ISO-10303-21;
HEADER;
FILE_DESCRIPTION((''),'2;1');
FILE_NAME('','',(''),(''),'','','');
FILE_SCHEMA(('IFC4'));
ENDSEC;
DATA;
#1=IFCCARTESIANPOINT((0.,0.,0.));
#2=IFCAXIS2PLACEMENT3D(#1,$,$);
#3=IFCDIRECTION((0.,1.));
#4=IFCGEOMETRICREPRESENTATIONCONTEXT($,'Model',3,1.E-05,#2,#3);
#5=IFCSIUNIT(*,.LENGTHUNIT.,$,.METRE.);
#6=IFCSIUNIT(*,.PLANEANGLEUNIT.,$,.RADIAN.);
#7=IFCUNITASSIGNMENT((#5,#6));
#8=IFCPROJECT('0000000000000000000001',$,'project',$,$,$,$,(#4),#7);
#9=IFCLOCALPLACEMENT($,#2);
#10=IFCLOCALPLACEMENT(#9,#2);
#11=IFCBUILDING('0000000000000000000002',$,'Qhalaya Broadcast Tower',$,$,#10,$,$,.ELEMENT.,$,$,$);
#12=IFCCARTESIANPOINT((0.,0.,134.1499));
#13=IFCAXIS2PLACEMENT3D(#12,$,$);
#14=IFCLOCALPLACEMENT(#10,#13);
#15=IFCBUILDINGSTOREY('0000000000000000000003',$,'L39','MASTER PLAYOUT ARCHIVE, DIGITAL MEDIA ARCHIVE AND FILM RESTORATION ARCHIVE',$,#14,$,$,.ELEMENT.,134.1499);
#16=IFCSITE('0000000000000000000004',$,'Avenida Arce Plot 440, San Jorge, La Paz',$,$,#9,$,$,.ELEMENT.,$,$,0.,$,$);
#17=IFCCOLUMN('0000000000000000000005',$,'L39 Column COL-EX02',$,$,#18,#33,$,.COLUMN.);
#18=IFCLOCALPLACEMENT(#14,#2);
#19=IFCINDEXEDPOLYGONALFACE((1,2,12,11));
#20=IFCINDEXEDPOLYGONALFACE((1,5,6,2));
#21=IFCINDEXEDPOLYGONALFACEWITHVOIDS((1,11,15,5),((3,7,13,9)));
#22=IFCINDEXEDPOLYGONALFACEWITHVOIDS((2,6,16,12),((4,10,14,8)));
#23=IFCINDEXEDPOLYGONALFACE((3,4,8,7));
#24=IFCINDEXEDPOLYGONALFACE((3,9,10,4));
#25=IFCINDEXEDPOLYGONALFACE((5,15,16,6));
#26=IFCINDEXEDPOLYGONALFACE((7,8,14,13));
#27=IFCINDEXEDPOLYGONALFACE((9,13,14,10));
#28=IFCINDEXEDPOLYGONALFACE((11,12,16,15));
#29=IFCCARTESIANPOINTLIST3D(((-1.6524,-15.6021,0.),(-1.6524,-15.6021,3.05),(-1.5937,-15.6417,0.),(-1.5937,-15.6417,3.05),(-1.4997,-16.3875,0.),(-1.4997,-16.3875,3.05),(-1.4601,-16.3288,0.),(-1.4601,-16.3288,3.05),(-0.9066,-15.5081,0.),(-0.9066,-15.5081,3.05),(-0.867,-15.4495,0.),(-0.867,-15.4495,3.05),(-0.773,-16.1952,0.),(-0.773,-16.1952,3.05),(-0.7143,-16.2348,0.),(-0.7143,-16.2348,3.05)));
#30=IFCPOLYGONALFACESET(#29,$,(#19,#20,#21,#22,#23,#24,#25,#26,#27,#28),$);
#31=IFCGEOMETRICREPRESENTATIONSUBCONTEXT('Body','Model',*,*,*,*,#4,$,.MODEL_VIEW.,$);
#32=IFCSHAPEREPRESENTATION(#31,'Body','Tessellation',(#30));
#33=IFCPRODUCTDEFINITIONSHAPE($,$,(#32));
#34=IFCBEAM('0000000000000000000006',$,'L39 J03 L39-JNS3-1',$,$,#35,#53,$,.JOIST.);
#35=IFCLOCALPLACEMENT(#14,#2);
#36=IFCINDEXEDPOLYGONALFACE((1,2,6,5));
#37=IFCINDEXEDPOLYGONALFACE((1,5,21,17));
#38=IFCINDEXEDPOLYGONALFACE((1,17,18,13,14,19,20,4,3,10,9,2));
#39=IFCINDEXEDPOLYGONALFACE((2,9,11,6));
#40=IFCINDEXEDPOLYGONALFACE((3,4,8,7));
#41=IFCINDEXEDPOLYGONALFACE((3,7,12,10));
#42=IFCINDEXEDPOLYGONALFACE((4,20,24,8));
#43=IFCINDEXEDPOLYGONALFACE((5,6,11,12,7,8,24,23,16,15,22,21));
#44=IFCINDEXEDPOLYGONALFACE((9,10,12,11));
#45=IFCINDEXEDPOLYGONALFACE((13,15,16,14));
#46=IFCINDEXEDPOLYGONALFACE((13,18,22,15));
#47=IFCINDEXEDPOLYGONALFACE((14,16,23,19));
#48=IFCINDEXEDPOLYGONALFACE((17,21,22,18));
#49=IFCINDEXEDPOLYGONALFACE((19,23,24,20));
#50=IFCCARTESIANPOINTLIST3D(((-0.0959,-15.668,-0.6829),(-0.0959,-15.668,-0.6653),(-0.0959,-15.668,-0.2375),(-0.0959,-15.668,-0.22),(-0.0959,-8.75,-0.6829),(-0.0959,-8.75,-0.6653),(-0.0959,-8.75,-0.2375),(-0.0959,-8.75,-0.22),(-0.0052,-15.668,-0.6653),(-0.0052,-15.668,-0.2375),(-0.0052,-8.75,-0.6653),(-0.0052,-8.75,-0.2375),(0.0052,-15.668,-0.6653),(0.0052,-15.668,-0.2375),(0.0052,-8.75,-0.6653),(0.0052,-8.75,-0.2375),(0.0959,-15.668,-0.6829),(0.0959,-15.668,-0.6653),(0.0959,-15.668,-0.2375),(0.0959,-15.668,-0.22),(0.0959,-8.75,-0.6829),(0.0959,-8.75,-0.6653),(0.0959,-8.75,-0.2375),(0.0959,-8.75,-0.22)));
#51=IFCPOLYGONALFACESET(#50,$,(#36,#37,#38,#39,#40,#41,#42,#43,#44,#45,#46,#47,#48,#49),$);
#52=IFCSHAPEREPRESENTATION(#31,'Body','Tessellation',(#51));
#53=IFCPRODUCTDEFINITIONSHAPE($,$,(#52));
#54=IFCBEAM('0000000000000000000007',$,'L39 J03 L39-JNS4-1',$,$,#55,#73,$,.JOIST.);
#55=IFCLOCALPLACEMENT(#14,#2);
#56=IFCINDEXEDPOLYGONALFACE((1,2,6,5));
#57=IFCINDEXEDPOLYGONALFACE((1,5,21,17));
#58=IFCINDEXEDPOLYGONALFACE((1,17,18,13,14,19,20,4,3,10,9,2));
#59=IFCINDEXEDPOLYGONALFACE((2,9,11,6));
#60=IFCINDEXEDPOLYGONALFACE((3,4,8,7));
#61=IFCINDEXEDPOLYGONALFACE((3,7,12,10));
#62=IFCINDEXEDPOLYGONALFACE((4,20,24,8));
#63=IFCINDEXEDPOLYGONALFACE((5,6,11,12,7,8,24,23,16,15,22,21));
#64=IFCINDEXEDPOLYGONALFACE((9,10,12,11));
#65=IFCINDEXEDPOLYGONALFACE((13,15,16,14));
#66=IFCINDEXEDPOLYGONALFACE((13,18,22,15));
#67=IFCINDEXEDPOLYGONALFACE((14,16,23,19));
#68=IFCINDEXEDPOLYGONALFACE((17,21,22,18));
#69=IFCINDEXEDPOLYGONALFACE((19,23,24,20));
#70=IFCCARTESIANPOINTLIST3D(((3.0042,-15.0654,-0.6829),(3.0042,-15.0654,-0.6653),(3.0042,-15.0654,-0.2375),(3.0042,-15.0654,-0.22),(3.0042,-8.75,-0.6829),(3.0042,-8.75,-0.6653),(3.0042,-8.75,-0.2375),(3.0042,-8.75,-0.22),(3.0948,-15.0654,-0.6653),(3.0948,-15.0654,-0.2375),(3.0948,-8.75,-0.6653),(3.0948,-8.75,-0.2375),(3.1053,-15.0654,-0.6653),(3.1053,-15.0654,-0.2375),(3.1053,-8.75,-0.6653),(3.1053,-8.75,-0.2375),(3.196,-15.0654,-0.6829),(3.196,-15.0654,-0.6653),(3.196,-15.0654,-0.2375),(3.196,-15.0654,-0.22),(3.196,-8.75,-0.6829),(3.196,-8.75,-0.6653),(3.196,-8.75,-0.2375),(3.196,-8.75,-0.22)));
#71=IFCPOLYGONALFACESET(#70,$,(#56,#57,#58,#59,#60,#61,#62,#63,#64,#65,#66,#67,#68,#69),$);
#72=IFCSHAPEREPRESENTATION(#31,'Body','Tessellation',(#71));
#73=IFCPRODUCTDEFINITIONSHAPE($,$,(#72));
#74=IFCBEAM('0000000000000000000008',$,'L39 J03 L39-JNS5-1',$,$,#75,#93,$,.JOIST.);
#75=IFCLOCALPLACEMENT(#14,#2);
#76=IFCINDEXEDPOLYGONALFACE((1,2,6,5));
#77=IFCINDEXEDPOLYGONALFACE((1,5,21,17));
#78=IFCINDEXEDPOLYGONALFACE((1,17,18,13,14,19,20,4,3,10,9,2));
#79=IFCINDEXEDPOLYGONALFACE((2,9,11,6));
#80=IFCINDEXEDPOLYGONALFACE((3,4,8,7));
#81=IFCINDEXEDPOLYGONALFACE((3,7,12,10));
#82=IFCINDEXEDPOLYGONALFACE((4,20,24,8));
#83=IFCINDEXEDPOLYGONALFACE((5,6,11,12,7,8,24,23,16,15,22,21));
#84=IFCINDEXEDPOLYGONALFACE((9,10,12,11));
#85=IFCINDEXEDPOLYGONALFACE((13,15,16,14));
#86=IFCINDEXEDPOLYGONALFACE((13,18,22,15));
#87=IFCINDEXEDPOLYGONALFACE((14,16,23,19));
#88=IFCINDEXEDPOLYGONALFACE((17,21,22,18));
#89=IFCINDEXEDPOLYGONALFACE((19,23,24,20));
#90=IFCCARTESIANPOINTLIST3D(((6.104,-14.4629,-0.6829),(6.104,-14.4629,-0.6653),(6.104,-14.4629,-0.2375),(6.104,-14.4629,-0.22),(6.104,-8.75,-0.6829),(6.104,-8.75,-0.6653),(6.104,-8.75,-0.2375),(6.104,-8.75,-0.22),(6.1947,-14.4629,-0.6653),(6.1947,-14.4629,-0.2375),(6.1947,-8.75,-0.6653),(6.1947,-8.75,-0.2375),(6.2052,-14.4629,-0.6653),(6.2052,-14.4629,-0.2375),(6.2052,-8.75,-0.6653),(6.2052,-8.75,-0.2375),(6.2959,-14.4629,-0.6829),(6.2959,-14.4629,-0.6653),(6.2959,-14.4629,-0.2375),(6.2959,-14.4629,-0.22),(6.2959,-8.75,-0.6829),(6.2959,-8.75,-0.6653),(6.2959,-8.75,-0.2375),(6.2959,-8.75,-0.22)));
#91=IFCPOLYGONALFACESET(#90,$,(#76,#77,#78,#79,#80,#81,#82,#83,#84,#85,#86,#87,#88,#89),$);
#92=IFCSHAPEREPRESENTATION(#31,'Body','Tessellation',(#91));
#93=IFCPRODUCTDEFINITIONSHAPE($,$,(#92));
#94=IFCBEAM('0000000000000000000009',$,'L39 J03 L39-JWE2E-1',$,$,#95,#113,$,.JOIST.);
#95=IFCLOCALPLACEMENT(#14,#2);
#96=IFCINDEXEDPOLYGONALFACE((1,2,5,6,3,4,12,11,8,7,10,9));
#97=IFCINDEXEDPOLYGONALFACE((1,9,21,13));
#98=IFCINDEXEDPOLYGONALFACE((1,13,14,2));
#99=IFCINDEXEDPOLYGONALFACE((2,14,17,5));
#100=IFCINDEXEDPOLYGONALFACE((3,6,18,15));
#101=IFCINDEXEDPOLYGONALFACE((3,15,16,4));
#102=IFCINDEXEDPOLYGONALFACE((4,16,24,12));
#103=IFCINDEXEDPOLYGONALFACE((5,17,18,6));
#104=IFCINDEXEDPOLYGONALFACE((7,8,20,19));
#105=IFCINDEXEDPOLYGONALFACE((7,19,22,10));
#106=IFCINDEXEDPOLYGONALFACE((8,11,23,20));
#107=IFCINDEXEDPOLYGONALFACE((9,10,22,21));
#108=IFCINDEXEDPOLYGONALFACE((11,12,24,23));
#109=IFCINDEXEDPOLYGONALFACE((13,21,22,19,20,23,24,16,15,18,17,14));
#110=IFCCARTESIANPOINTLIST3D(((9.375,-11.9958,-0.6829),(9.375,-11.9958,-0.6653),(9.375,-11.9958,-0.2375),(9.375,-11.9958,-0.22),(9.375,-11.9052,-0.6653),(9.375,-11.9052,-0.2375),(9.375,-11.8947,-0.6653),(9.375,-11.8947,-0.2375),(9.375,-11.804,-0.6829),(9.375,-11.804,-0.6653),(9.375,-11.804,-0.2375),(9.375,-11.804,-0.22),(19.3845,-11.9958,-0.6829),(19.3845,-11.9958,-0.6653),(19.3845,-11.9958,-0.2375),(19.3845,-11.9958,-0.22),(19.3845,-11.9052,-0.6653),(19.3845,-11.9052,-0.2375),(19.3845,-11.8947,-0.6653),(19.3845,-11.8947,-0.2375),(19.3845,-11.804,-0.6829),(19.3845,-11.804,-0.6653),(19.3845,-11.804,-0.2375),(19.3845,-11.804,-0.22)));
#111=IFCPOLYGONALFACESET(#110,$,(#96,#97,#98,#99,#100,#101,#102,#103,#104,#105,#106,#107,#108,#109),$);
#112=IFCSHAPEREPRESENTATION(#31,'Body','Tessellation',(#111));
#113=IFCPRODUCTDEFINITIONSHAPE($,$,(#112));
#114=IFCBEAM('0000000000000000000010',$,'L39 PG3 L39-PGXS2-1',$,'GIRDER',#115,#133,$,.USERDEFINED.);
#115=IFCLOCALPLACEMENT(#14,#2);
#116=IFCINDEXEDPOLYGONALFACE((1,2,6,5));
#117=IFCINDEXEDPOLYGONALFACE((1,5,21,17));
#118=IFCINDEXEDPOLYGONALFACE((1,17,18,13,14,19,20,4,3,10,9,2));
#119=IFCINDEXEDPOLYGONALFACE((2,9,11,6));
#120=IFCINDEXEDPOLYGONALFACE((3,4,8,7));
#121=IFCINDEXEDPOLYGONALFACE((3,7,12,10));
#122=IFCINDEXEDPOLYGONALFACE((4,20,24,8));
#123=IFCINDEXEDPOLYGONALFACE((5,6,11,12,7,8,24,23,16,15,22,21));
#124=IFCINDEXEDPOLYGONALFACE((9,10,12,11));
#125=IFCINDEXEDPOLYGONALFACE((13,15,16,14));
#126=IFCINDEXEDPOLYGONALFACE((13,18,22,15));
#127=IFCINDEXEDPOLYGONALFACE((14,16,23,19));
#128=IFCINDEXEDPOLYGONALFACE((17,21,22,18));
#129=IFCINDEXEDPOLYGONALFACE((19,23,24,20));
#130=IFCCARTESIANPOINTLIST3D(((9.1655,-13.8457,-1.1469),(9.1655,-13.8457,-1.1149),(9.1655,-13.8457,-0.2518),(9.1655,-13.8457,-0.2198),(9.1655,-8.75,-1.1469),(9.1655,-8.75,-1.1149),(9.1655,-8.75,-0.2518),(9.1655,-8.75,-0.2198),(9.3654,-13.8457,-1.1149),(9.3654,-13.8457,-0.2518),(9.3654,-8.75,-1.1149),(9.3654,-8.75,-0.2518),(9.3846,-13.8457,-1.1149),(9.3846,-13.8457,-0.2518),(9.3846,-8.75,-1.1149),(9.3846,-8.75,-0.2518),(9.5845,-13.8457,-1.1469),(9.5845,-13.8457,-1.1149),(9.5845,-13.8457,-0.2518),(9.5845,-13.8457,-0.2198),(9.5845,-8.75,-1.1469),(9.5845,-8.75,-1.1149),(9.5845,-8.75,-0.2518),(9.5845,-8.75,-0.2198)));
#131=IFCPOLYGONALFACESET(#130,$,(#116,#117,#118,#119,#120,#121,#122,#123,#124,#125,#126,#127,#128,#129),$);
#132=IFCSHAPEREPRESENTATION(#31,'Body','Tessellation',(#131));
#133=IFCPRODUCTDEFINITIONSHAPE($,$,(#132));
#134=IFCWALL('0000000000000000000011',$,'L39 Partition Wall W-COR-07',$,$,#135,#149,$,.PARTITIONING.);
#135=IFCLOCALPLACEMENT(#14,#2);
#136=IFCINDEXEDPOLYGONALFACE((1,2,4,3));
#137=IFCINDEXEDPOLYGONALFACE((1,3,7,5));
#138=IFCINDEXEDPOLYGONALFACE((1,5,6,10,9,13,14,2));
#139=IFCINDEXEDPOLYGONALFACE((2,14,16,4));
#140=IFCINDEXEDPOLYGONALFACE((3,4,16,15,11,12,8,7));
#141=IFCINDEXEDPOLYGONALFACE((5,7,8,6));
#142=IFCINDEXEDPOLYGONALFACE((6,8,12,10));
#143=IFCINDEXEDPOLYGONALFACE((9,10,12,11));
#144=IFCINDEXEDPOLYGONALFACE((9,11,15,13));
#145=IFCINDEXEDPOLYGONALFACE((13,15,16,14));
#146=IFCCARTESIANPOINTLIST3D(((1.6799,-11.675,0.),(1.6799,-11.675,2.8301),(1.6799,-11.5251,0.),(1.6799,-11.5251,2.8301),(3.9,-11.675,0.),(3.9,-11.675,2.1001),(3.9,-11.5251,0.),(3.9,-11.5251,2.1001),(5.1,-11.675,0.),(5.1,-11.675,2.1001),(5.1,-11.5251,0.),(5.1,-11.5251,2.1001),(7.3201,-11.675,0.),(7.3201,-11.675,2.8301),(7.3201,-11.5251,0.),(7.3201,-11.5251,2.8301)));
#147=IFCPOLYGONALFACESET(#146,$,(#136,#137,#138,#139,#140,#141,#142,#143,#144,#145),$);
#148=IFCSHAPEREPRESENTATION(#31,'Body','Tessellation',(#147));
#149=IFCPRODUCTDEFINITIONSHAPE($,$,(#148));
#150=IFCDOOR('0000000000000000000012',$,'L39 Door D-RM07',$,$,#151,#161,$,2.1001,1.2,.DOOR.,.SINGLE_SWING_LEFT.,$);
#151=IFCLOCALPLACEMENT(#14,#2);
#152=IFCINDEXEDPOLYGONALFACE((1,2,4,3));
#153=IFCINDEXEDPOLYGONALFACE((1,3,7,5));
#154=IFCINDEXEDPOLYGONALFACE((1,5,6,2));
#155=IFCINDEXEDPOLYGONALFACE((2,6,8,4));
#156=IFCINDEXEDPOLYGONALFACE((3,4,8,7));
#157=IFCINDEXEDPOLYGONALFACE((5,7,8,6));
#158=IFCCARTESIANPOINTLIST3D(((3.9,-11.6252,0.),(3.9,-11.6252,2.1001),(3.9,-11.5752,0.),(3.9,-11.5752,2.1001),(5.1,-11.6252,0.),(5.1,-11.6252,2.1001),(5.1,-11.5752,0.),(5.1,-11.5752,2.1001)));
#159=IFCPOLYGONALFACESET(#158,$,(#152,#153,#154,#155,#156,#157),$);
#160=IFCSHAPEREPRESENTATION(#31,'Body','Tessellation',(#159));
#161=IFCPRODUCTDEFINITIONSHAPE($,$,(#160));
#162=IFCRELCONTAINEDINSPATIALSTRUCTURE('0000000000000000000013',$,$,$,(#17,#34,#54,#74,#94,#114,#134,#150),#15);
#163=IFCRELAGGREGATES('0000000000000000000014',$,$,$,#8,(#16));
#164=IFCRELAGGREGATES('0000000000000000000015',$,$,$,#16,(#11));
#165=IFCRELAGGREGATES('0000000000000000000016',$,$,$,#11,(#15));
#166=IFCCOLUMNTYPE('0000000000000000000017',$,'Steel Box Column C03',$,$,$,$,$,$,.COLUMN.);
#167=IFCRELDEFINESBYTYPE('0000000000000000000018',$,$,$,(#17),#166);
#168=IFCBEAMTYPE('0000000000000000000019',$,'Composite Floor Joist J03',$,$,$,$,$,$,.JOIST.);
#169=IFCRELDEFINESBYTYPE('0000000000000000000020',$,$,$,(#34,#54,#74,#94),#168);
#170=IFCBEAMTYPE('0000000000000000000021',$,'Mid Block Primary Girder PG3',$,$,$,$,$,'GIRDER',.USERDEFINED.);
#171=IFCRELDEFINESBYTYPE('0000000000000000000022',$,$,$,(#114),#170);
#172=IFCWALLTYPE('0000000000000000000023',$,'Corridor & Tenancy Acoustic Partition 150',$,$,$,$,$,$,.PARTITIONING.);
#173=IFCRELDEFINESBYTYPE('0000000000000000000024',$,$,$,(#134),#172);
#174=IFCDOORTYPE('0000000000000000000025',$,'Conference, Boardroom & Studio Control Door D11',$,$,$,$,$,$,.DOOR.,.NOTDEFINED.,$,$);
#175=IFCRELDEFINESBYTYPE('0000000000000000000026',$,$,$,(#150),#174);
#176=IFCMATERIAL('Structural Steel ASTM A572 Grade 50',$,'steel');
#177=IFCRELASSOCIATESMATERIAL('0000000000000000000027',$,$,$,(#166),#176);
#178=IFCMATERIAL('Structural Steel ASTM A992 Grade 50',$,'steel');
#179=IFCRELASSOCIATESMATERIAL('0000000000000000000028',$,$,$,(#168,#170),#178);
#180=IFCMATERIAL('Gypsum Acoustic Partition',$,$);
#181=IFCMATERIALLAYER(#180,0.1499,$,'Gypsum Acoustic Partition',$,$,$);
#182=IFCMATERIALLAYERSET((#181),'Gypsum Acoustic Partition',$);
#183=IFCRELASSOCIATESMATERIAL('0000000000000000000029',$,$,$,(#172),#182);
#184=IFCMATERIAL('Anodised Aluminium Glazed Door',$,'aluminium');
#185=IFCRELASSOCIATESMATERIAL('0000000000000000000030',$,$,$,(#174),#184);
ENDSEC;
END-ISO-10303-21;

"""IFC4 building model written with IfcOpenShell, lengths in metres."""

from ifc_helpers import new_model, si_unit, direction, frame, frame_2d, origin, origin_2d, place, context, subcontext, project, spatial, rectangle, hollow_rectangle, i_section, extrude, material, layer, layer_set, material_profile, profile_set, type_object, element, fill, save


model = new_model("IFC4")

# Units and contexts
model_context = context("Model", 3, precision=1e-05, world=origin(), true_north=direction((0.0, 1.0)))
body_context = subcontext(model_context, "Body", "Model", "MODEL_VIEW")
ifc_project = project(units=[si_unit("LENGTHUNIT", "METRE"), si_unit("PLANEANGLEUNIT", "RADIAN")], contexts=[model_context])

# Site, building, storey
site_placement = place(None, origin())
site = spatial("IfcSite", under=ifc_project, at=site_placement, Name="Avenida Arce Plot 440, San Jorge, La Paz", CompositionType="ELEMENT", RefElevation=0.0)
building_placement = place(site_placement, origin())
building = spatial("IfcBuilding", under=site, at=building_placement, Name="Qhalaya Broadcast Tower", CompositionType="ELEMENT")
storey_placement = place(building_placement, frame((0.0, 0.0, 134.1499)))
storey = spatial("IfcBuildingStorey", under=building, at=storey_placement, Name="L39", Description="MASTER PLAYOUT ARCHIVE, DIGITAL MEDIA ARCHIVE AND FILM RESTORATION ARCHIVE", CompositionType="ELEMENT", Elevation=134.1499)

# Column
ifc_material_1 = material(Name="Structural Steel ASTM A572 Grade 50", Category="steel")
ifc_material_profile_1 = material_profile(ifc_material_1, hollow_rectangle(XDim=0.8, YDim=0.8, WallThickness=0.05, at=origin_2d()), Name="BOX 800x800x50")
ifc_profile_set_1 = profile_set([ifc_material_profile_1], Name="Structural Steel ASTM A572 Grade 50")
column_type = type_object("IfcColumnType", Name="Steel Box Column C03", PredefinedType="COLUMN", material=ifc_profile_set_1)
column_placement = place(storey_placement, frame((-1.1833, -15.9185, 0.0), z_axis=(0.0, 0.0, 1.0), x_axis=(0.981627, 0.190809, 0.0)))
element("IfcColumn", 1, at=column_placement, inside=storey, type_object=column_type, Name="L39 Column COL-EX02", PredefinedType="COLUMN", context=body_context, shape_type="SweptSolid", body=[
    extrude(hollow_rectangle(XDim=0.8, YDim=0.8, WallThickness=0.05, at=origin_2d()), origin(), (0.0, 0.0, 1.0), 3.05),
])

# Beams
ifc_material_2 = material(Name="Structural Steel ASTM A992 Grade 50", Category="steel")
ifc_material_profile_2 = material_profile(ifc_material_2, i_section(OverallWidth=0.1919, OverallDepth=0.4629, WebThickness=0.0105, FlangeThickness=0.0176, at=origin_2d()), Name="W18X60")
ifc_profile_set_2 = profile_set([ifc_material_profile_2], Name="Structural Steel ASTM A992 Grade 50")
beam_type_1 = type_object("IfcBeamType", Name="Composite Floor Joist J03", PredefinedType="JOIST", material=ifc_profile_set_2)
beam_1_placement = place(storey_placement, frame((0.0, -15.668, -0.4514), z_axis=(0.0, 1.0, 0.0), x_axis=(-1.0, 0.0, 0.0)))
element("IfcBeam", 2, at=beam_1_placement, inside=storey, type_object=beam_type_1, Name="L39 J03 L39-JNS3-1", PredefinedType="JOIST", context=body_context, shape_type="SweptSolid", body=[
    extrude(i_section(OverallWidth=0.1919, OverallDepth=0.4629, WebThickness=0.0105, FlangeThickness=0.0176, at=origin_2d()), origin(), (0.0, 0.0, 1.0), 6.918),
])
beam_2_placement = place(storey_placement, frame((3.1001, -15.0654, -0.4514), z_axis=(0.0, 1.0, 0.0), x_axis=(-1.0, 0.0, 0.0)))
element("IfcBeam", 3, at=beam_2_placement, inside=storey, type_object=beam_type_1, Name="L39 J03 L39-JNS4-1", PredefinedType="JOIST", context=body_context, shape_type="SweptSolid", body=[
    extrude(i_section(OverallWidth=0.1919, OverallDepth=0.4629, WebThickness=0.0105, FlangeThickness=0.0176, at=origin_2d()), origin(), (0.0, 0.0, 1.0), 6.3154),
])
beam_3_placement = place(storey_placement, frame((6.2, -14.4629, -0.4514), z_axis=(0.0, 1.0, 0.0), x_axis=(-1.0, 0.0, 0.0)))
element("IfcBeam", 4, at=beam_3_placement, inside=storey, type_object=beam_type_1, Name="L39 J03 L39-JNS5-1", PredefinedType="JOIST", context=body_context, shape_type="SweptSolid", body=[
    extrude(i_section(OverallWidth=0.1919, OverallDepth=0.4629, WebThickness=0.0105, FlangeThickness=0.0176, at=origin_2d()), origin(), (0.0, 0.0, 1.0), 5.7129),
])
beam_4_placement = place(storey_placement, frame((9.375, -11.8999, -0.4514), z_axis=(1.0, 0.0, 0.0), x_axis=(0.0, 1.0, 0.0)))
element("IfcBeam", 5, at=beam_4_placement, inside=storey, type_object=beam_type_1, Name="L39 J03 L39-JWE2E-1", PredefinedType="JOIST", context=body_context, shape_type="SweptSolid", body=[
    extrude(i_section(OverallWidth=0.1919, OverallDepth=0.4629, WebThickness=0.0105, FlangeThickness=0.0176, at=origin_2d()), origin(), (0.0, 0.0, 1.0), 10.0095),
])
ifc_material_profile_3 = material_profile(ifc_material_2, i_section(OverallWidth=0.4189, OverallDepth=0.927, WebThickness=0.0193, FlangeThickness=0.032, at=origin_2d()), Name="W36X231")
ifc_profile_set_3 = profile_set([ifc_material_profile_3], Name="Structural Steel ASTM A992 Grade 50")
beam_type_2 = type_object("IfcBeamType", Name="Mid Block Primary Girder PG3", ElementType="GIRDER", PredefinedType="USERDEFINED", material=ifc_profile_set_3)
beam_5_placement = place(storey_placement, frame((9.375, -13.8457, -0.6833), z_axis=(0.0, 1.0, 0.0), x_axis=(-1.0, 0.0, 0.0)))
element("IfcBeam", 6, at=beam_5_placement, inside=storey, type_object=beam_type_2, Name="L39 PG3 L39-PGXS2-1", ObjectType="GIRDER", PredefinedType="USERDEFINED", context=body_context, shape_type="SweptSolid", body=[
    extrude(i_section(OverallWidth=0.4189, OverallDepth=0.927, WebThickness=0.0193, FlangeThickness=0.032, at=origin_2d()), origin(), (0.0, 0.0, 1.0), 5.0957),
])

# Wall, opening, door
ifc_material_3 = material(Name="Gypsum Acoustic Partition")
ifc_layer_1 = layer(ifc_material_3, 0.1499, Name="Gypsum Acoustic Partition")
ifc_layer_set_1 = layer_set([ifc_layer_1], Name="Gypsum Acoustic Partition")
wall_type_1 = type_object("IfcWallType", Name="Corridor & Tenancy Acoustic Partition 150", PredefinedType="PARTITIONING", material=ifc_layer_set_1)
wall_1_placement = place(storey_placement, frame((1.6799, -11.6001, 0.0), z_axis=(0.0, 0.0, 1.0), x_axis=(1.0, 0.0, 0.0)))
wall_1 = element("IfcWall", 7, at=wall_1_placement, inside=storey, type_object=wall_type_1, Name="L39 Partition Wall W-COR-07", PredefinedType="PARTITIONING", context=body_context, shape_type="SweptSolid", body=[
    extrude(rectangle(XDim=5.6401, YDim=0.1499, at=frame_2d((2.8201, 0.0))), origin(), (0.0, 0.0, 1.0), 2.8301),
])
opening_1_placement = place(wall_1_placement, frame((2.22, 0.0, 0.0)))
opening_1 = element("IfcOpeningElement", 8, at=opening_1_placement, cuts=wall_1, PredefinedType="OPENING", context=body_context, shape_type="SweptSolid", body=[
    extrude(rectangle(XDim=1.2, YDim=2.1001, at=frame_2d((0.6001, 1.05))), frame((0.0, 0.0869, 0.0), z_axis=(0.0, -1.0, 0.0), x_axis=(1.0, 0.0, 0.0)), (0.0, 0.0, 1.0), 0.1738),
])
ifc_material_4 = material(Name="Anodised Aluminium Glazed Door", Category="aluminium")
door_type_1 = type_object("IfcDoorType", Name="Conference, Boardroom & Studio Control Door D11", OperationType="NOTDEFINED", PredefinedType="DOOR", material=ifc_material_4)
door_1_placement = place(opening_1_placement, origin())
door_1 = element("IfcDoor", 9, at=door_1_placement, inside=storey, type_object=door_type_1, Name="L39 Door D-RM07", OperationType="SINGLE_SWING_LEFT", OverallHeight=2.1001, OverallWidth=1.2, PredefinedType="DOOR", context=body_context, shape_type="SweptSolid", body=[
    extrude(rectangle(XDim=1.2, YDim=2.1001, at=frame_2d((0.6001, 1.05))), frame((0.0, 0.0249, 0.0), z_axis=(0.0, -1.0, 0.0), x_axis=(1.0, 0.0, 0.0)), (0.0, 0.0, 1.0), 0.05),
])
fill(opening_1, door_1)

save(model, "model.ifc")
